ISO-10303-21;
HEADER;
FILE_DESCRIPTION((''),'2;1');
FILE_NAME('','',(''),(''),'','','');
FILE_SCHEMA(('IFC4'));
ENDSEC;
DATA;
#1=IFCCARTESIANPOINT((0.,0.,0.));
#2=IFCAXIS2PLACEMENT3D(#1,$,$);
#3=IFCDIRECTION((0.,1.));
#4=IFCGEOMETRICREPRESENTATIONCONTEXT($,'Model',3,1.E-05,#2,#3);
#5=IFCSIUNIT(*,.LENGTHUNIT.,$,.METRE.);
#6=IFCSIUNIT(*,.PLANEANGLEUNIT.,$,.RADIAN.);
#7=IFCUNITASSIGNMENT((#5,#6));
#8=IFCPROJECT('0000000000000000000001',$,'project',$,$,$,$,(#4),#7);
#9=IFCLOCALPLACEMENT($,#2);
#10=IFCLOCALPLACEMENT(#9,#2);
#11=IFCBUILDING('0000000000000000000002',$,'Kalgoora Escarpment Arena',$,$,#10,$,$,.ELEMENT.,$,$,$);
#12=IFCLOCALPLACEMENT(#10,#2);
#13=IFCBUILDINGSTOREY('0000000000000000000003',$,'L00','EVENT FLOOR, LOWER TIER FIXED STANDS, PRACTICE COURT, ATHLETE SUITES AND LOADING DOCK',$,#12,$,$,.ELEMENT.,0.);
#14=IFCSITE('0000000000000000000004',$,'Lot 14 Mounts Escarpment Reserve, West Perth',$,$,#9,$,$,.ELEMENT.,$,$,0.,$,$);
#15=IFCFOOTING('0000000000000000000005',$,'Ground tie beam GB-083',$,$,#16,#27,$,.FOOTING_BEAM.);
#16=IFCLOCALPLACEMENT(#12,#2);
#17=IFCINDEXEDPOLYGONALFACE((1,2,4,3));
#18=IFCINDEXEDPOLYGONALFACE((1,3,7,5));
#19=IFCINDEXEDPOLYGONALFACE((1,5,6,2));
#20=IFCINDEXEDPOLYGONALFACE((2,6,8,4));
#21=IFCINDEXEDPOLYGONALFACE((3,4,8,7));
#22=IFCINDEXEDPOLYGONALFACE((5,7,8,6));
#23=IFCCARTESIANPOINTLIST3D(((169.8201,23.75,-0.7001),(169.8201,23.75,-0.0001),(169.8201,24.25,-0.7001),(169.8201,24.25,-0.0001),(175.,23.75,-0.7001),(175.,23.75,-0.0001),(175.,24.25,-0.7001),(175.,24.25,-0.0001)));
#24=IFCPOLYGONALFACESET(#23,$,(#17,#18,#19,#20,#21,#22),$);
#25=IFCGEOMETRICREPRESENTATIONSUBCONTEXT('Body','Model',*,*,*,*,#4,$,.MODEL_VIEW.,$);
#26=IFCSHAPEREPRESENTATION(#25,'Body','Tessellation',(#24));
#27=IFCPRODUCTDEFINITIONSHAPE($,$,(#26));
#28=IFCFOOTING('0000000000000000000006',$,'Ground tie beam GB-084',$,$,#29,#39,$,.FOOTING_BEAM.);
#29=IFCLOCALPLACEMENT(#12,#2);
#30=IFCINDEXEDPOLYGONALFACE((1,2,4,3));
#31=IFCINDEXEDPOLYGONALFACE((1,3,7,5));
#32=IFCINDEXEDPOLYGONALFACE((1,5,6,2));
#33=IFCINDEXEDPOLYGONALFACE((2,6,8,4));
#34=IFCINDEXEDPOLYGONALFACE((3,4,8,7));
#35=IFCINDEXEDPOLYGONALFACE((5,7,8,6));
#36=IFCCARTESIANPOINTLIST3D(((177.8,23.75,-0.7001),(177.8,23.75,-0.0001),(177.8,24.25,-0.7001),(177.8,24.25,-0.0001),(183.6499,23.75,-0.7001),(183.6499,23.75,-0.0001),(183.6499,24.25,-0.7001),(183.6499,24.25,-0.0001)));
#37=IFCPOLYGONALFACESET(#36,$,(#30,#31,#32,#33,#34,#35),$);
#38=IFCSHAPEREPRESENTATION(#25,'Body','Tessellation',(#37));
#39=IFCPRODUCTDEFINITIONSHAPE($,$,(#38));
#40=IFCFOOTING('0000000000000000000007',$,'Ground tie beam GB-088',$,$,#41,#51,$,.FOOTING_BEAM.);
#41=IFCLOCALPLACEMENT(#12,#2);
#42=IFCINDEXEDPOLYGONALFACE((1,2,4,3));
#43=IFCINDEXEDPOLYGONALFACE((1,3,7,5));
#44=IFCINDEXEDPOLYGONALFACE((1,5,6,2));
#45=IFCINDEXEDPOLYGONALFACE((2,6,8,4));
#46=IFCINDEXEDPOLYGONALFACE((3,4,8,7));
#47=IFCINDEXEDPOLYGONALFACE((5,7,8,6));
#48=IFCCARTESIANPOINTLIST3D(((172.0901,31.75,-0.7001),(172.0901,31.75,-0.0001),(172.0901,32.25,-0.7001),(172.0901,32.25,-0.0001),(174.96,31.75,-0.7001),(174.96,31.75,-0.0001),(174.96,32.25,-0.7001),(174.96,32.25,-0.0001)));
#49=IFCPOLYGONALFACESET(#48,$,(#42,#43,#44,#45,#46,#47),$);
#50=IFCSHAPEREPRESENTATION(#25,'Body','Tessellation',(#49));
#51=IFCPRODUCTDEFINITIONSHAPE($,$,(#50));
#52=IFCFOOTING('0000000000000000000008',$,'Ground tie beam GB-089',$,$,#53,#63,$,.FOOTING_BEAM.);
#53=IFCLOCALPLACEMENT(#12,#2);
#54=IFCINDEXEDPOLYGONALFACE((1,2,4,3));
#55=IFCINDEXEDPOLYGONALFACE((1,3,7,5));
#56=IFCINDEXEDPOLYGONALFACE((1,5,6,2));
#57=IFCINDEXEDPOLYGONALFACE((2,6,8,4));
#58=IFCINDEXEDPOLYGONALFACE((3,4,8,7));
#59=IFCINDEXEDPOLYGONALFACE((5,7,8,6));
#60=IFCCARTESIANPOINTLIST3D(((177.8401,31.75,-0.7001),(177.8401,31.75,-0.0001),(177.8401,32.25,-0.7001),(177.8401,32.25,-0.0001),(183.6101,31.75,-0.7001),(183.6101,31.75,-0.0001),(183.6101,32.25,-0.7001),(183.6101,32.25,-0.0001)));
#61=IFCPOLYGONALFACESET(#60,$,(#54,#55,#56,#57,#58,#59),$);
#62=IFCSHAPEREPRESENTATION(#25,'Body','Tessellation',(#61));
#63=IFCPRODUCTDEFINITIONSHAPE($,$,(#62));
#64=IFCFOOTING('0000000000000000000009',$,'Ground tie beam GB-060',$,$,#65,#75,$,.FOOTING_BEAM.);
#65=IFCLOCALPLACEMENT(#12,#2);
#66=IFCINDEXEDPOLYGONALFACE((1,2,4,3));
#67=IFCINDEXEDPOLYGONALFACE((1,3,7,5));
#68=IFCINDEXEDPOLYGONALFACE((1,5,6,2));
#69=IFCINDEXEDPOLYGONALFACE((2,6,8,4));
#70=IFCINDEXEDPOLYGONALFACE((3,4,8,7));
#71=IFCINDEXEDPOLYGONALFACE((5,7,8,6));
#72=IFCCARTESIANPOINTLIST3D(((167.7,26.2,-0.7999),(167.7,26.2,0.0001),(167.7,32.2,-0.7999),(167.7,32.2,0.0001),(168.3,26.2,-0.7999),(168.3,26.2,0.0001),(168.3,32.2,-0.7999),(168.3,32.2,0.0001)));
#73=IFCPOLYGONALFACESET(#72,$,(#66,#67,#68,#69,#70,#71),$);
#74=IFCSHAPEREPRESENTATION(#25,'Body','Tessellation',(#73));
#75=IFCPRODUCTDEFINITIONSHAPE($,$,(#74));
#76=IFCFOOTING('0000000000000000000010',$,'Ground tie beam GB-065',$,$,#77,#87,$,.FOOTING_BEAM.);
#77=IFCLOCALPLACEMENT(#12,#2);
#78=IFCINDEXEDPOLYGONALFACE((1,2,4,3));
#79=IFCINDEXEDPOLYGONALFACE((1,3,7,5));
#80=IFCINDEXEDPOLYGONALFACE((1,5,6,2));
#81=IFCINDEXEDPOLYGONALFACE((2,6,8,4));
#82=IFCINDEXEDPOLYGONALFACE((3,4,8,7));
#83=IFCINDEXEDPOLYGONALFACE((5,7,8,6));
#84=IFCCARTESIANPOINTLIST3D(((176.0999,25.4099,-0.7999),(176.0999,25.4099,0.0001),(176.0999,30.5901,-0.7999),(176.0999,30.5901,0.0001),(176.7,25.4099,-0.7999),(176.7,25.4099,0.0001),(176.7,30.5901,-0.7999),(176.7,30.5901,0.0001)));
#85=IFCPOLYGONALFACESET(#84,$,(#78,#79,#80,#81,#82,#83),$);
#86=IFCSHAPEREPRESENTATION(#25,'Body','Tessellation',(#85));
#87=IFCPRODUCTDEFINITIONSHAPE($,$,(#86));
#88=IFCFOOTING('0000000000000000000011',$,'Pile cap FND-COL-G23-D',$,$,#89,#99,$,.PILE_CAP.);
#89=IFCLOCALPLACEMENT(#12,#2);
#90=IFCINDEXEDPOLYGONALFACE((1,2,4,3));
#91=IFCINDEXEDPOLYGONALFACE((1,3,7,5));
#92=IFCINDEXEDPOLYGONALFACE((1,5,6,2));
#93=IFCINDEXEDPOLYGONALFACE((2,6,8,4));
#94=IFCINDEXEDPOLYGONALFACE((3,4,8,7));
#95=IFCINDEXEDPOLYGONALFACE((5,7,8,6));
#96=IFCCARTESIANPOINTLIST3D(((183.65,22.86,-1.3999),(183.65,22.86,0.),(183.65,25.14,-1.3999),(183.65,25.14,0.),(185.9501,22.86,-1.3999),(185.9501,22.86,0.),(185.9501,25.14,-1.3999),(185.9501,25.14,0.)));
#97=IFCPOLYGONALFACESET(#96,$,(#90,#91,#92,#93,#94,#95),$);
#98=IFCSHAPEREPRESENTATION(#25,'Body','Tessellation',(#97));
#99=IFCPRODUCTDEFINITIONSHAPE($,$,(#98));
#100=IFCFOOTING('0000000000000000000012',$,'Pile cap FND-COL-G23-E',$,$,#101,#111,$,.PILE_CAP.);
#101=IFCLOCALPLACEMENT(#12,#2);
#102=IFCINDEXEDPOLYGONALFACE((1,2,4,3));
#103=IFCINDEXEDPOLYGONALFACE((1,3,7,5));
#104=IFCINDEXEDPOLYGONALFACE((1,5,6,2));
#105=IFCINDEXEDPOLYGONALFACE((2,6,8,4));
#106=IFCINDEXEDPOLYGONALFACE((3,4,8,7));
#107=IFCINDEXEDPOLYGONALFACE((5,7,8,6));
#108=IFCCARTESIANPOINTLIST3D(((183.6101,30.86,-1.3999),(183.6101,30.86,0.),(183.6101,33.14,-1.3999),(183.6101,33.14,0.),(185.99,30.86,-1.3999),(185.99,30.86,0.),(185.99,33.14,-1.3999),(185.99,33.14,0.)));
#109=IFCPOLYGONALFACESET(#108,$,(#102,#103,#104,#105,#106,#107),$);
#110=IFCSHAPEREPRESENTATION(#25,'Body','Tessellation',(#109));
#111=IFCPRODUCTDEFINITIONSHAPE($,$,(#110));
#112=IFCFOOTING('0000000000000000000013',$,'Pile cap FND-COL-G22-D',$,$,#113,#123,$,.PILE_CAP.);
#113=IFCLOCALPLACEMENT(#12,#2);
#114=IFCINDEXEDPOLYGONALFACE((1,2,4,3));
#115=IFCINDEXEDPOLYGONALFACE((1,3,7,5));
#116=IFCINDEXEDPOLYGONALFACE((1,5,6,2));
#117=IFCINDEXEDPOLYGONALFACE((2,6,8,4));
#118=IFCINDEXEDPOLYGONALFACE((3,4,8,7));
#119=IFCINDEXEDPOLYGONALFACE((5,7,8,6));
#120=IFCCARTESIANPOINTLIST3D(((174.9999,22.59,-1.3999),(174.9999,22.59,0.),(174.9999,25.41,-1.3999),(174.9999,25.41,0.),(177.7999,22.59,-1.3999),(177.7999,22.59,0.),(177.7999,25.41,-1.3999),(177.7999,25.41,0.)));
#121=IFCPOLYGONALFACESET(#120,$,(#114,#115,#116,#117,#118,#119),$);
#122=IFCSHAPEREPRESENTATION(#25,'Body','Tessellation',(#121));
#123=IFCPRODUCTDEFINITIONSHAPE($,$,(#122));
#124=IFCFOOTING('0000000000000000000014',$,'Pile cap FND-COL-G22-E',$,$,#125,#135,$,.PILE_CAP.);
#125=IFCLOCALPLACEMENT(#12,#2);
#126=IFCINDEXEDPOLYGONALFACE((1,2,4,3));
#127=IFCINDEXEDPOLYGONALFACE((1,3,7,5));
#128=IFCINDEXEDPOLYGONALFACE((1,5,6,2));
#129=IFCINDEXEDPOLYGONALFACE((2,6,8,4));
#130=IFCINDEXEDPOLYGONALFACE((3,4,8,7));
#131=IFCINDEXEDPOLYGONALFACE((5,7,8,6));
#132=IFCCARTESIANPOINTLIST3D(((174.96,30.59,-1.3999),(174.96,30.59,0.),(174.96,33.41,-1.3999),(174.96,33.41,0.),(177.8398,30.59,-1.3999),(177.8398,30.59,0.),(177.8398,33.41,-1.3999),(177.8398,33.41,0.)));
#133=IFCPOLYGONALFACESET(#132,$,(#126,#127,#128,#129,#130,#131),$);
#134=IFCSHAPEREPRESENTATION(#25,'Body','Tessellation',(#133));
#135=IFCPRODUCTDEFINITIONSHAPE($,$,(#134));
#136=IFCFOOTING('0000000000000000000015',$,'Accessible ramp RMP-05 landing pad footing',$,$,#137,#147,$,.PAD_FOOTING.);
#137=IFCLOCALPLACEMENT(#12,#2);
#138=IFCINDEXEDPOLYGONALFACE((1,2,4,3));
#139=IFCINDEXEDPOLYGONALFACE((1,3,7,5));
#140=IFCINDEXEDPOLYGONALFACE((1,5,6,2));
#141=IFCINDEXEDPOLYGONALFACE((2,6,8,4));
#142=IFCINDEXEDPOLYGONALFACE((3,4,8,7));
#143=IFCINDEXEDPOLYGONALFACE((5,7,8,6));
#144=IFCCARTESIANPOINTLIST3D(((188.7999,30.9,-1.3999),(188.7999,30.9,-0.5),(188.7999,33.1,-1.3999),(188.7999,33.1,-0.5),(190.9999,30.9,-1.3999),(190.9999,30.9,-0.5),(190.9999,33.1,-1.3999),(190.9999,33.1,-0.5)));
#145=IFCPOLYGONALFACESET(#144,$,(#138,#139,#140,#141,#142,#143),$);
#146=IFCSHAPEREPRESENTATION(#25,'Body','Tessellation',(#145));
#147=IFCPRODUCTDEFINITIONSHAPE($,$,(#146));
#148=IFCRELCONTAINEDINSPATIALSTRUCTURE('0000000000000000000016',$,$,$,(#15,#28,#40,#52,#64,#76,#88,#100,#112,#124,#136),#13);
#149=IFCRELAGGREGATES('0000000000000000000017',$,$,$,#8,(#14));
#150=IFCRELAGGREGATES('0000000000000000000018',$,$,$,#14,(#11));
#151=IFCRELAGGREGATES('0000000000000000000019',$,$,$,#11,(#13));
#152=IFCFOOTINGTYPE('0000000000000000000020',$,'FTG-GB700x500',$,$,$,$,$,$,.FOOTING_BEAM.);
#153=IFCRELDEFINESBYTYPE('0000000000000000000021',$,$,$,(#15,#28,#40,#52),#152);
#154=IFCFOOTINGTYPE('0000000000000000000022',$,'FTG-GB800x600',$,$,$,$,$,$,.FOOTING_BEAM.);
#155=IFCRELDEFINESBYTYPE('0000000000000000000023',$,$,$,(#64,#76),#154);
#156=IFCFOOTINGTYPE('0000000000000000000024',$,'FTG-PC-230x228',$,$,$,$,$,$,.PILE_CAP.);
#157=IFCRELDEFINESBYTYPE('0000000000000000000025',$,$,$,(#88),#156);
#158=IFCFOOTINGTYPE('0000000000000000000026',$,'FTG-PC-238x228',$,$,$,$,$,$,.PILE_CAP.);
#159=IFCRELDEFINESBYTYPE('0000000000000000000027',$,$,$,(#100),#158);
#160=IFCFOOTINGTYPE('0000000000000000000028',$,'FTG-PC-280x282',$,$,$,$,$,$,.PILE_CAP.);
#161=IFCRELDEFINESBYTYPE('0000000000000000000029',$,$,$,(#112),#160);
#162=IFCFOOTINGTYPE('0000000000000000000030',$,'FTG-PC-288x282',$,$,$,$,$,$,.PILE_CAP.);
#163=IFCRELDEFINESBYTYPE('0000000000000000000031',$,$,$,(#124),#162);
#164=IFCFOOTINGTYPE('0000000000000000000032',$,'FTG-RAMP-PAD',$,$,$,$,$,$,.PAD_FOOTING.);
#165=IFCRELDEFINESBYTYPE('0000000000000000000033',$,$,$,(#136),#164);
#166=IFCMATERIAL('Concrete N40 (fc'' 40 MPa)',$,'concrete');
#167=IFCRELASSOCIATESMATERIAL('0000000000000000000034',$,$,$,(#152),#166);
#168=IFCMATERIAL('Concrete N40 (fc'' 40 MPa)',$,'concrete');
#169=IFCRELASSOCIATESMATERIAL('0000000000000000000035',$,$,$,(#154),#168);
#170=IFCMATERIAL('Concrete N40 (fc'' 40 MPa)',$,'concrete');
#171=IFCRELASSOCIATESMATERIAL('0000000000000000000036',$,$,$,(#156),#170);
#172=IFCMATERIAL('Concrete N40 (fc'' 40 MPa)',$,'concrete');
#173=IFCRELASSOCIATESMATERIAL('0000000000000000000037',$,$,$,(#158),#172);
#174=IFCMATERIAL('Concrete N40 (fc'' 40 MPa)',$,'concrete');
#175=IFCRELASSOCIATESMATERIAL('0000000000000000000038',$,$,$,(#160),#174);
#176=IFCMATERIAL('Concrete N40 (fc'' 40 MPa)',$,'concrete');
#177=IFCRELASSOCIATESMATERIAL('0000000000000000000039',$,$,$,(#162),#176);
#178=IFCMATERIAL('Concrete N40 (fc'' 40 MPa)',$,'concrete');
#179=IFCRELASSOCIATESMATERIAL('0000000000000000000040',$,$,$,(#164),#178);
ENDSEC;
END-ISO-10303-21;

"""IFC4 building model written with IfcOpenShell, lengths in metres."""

from ifc_helpers import new_model, si_unit, direction, frame, origin, origin_2d, place, context, subcontext, project, spatial, rectangle, extrude, material, material_profile, profile_set, type_object, element, save


model = new_model("IFC4")

# Units and contexts
model_context = context("Model", 3, precision=1e-05, world=origin(), true_north=direction((0.0, 1.0)))
body_context = subcontext(model_context, "Body", "Model", "MODEL_VIEW")
ifc_project = project(units=[si_unit("LENGTHUNIT", "METRE"), si_unit("PLANEANGLEUNIT", "RADIAN")], contexts=[model_context])

# Site, building, storey
site_placement = place(None, origin())
site = spatial("IfcSite", under=ifc_project, at=site_placement, Name="Lot 14 Mounts Escarpment Reserve, West Perth", CompositionType="ELEMENT", RefElevation=0.0)
building_placement = place(site_placement, origin())
building = spatial("IfcBuilding", under=site, at=building_placement, Name="Kalgoora Escarpment Arena", CompositionType="ELEMENT")
storey_placement = place(building_placement, origin())
storey = spatial("IfcBuildingStorey", under=building, at=storey_placement, Name="L00", Description="EVENT FLOOR, LOWER TIER FIXED STANDS, PRACTICE COURT, ATHLETE SUITES AND LOADING DOCK", CompositionType="ELEMENT", Elevation=0.0)

# Footings
ifc_material_1 = material(Name="Concrete N40 (fc' 40 MPa)", Category="concrete")
ifc_material_profile_1 = material_profile(ifc_material_1, rectangle(XDim=0.5, YDim=0.7, at=origin_2d()))
ifc_profile_set_1 = profile_set([ifc_material_profile_1], Name="Concrete N40 (fc' 40 MPa)")
footing_type_1 = type_object("IfcFootingType", Name="FTG-GB700x500", PredefinedType="FOOTING_BEAM", material=ifc_profile_set_1)
footing_1_placement = place(storey_placement, frame((169.8201, 24.0, -0.3501), z_axis=(1.0, 0.0, 0.0), x_axis=(0.0, 1.0, 0.0)))
element("IfcFooting", 1, at=footing_1_placement, inside=storey, type_object=footing_type_1, Name="Ground tie beam GB-083", PredefinedType="FOOTING_BEAM", context=body_context, shape_type="SweptSolid", body=[
    extrude(rectangle(XDim=0.5, YDim=0.7, at=origin_2d()), origin(), (0.0, 0.0, 1.0), 5.1799),
])
footing_2_placement = place(storey_placement, frame((177.8, 24.0, -0.3501), z_axis=(1.0, 0.0, 0.0), x_axis=(0.0, 1.0, 0.0)))
element("IfcFooting", 2, at=footing_2_placement, inside=storey, type_object=footing_type_1, Name="Ground tie beam GB-084", PredefinedType="FOOTING_BEAM", context=body_context, shape_type="SweptSolid", body=[
    extrude(rectangle(XDim=0.5, YDim=0.7, at=origin_2d()), origin(), (0.0, 0.0, 1.0), 5.8499),
])
footing_3_placement = place(storey_placement, frame((172.0901, 32.0, -0.3501), z_axis=(1.0, 0.0, 0.0), x_axis=(0.0, 1.0, 0.0)))
element("IfcFooting", 3, at=footing_3_placement, inside=storey, type_object=footing_type_1, Name="Ground tie beam GB-088", PredefinedType="FOOTING_BEAM", context=body_context, shape_type="SweptSolid", body=[
    extrude(rectangle(XDim=0.5, YDim=0.7, at=origin_2d()), origin(), (0.0, 0.0, 1.0), 2.8699),
])
footing_4_placement = place(storey_placement, frame((177.8401, 32.0, -0.3501), z_axis=(1.0, 0.0, 0.0), x_axis=(0.0, 1.0, 0.0)))
element("IfcFooting", 4, at=footing_4_placement, inside=storey, type_object=footing_type_1, Name="Ground tie beam GB-089", PredefinedType="FOOTING_BEAM", context=body_context, shape_type="SweptSolid", body=[
    extrude(rectangle(XDim=0.5, YDim=0.7, at=origin_2d()), origin(), (0.0, 0.0, 1.0), 5.77),
])
ifc_material_2 = material(Name="Concrete N40 (fc' 40 MPa)", Category="concrete")
ifc_material_profile_2 = material_profile(ifc_material_2, rectangle(XDim=0.6001, YDim=0.8, at=origin_2d()))
ifc_profile_set_2 = profile_set([ifc_material_profile_2], Name="Concrete N40 (fc' 40 MPa)")
footing_type_2 = type_object("IfcFootingType", Name="FTG-GB800x600", PredefinedType="FOOTING_BEAM", material=ifc_profile_set_2)
footing_5_placement = place(storey_placement, frame((168.0, 26.2, -0.3999), z_axis=(0.0, 1.0, 0.0), x_axis=(-1.0, 0.0, 0.0)))
element("IfcFooting", 5, at=footing_5_placement, inside=storey, type_object=footing_type_2, Name="Ground tie beam GB-060", PredefinedType="FOOTING_BEAM", context=body_context, shape_type="SweptSolid", body=[
    extrude(rectangle(XDim=0.6001, YDim=0.8, at=origin_2d()), origin(), (0.0, 0.0, 1.0), 6.0),
])
footing_6_placement = place(storey_placement, frame((176.3999, 25.4099, -0.3999), z_axis=(0.0, 1.0, 0.0), x_axis=(-1.0, 0.0, 0.0)))
element("IfcFooting", 6, at=footing_6_placement, inside=storey, type_object=footing_type_2, Name="Ground tie beam GB-065", PredefinedType="FOOTING_BEAM", context=body_context, shape_type="SweptSolid", body=[
    extrude(rectangle(XDim=0.6001, YDim=0.8, at=origin_2d()), origin(), (0.0, 0.0, 1.0), 5.1802),
])
ifc_material_3 = material(Name="Concrete N40 (fc' 40 MPa)", Category="concrete")
footing_type_3 = type_object("IfcFootingType", Name="FTG-PC-230x228", PredefinedType="PILE_CAP", material=ifc_material_3)
footing_7_placement = place(storey_placement, frame((184.8, 24.0, -1.3999), z_axis=(0.0, 0.0, 1.0), x_axis=(1.0, 0.0, 0.0)))
element("IfcFooting", 7, at=footing_7_placement, inside=storey, type_object=footing_type_3, Name="Pile cap FND-COL-G23-D", PredefinedType="PILE_CAP", context=body_context, shape_type="SweptSolid", body=[
    extrude(rectangle(XDim=2.3, YDim=2.28, at=origin_2d()), origin(), (0.0, 0.0, 1.0), 1.3999),
])
ifc_material_4 = material(Name="Concrete N40 (fc' 40 MPa)", Category="concrete")
footing_type_4 = type_object("IfcFootingType", Name="FTG-PC-238x228", PredefinedType="PILE_CAP", material=ifc_material_4)
footing_8_placement = place(storey_placement, frame((184.8, 32.0, -1.3999), z_axis=(0.0, 0.0, 1.0), x_axis=(1.0, 0.0, 0.0)))
element("IfcFooting", 8, at=footing_8_placement, inside=storey, type_object=footing_type_4, Name="Pile cap FND-COL-G23-E", PredefinedType="PILE_CAP", context=body_context, shape_type="SweptSolid", body=[
    extrude(rectangle(XDim=2.3799, YDim=2.28, at=origin_2d()), origin(), (0.0, 0.0, 1.0), 1.3999),
])
ifc_material_5 = material(Name="Concrete N40 (fc' 40 MPa)", Category="concrete")
footing_type_5 = type_object("IfcFootingType", Name="FTG-PC-280x282", PredefinedType="PILE_CAP", material=ifc_material_5)
footing_9_placement = place(storey_placement, frame((176.3999, 24.0, -1.3999), z_axis=(0.0, 0.0, 1.0), x_axis=(1.0, 0.0, 0.0)))
element("IfcFooting", 9, at=footing_9_placement, inside=storey, type_object=footing_type_5, Name="Pile cap FND-COL-G22-D", PredefinedType="PILE_CAP", context=body_context, shape_type="SweptSolid", body=[
    extrude(rectangle(XDim=2.8, YDim=2.8201, at=origin_2d()), origin(), (0.0, 0.0, 1.0), 1.3999),
])
ifc_material_6 = material(Name="Concrete N40 (fc' 40 MPa)", Category="concrete")
footing_type_6 = type_object("IfcFootingType", Name="FTG-PC-288x282", PredefinedType="PILE_CAP", material=ifc_material_6)
footing_10_placement = place(storey_placement, frame((176.3999, 32.0, -1.3999), z_axis=(0.0, 0.0, 1.0), x_axis=(1.0, 0.0, 0.0)))
element("IfcFooting", 10, at=footing_10_placement, inside=storey, type_object=footing_type_6, Name="Pile cap FND-COL-G22-E", PredefinedType="PILE_CAP", context=body_context, shape_type="SweptSolid", body=[
    extrude(rectangle(XDim=2.8799, YDim=2.8201, at=origin_2d()), origin(), (0.0, 0.0, 1.0), 1.3999),
])
ifc_material_7 = material(Name="Concrete N40 (fc' 40 MPa)", Category="concrete")
footing_type_7 = type_object("IfcFootingType", Name="FTG-RAMP-PAD", PredefinedType="PAD_FOOTING", material=ifc_material_7)
footing_11_placement = place(storey_placement, frame((189.8999, 32.0, -1.3999), z_axis=(0.0, 0.0, 1.0), x_axis=(1.0, 0.0, 0.0)))
element("IfcFooting", 11, at=footing_11_placement, inside=storey, type_object=footing_type_7, Name="Accessible ramp RMP-05 landing pad footing", PredefinedType="PAD_FOOTING", context=body_context, shape_type="SweptSolid", body=[
    extrude(rectangle(XDim=2.2, YDim=2.2, at=origin_2d()), origin(), (0.0, 0.0, 1.0), 0.8999),
])

save(model, "model.ifc")
